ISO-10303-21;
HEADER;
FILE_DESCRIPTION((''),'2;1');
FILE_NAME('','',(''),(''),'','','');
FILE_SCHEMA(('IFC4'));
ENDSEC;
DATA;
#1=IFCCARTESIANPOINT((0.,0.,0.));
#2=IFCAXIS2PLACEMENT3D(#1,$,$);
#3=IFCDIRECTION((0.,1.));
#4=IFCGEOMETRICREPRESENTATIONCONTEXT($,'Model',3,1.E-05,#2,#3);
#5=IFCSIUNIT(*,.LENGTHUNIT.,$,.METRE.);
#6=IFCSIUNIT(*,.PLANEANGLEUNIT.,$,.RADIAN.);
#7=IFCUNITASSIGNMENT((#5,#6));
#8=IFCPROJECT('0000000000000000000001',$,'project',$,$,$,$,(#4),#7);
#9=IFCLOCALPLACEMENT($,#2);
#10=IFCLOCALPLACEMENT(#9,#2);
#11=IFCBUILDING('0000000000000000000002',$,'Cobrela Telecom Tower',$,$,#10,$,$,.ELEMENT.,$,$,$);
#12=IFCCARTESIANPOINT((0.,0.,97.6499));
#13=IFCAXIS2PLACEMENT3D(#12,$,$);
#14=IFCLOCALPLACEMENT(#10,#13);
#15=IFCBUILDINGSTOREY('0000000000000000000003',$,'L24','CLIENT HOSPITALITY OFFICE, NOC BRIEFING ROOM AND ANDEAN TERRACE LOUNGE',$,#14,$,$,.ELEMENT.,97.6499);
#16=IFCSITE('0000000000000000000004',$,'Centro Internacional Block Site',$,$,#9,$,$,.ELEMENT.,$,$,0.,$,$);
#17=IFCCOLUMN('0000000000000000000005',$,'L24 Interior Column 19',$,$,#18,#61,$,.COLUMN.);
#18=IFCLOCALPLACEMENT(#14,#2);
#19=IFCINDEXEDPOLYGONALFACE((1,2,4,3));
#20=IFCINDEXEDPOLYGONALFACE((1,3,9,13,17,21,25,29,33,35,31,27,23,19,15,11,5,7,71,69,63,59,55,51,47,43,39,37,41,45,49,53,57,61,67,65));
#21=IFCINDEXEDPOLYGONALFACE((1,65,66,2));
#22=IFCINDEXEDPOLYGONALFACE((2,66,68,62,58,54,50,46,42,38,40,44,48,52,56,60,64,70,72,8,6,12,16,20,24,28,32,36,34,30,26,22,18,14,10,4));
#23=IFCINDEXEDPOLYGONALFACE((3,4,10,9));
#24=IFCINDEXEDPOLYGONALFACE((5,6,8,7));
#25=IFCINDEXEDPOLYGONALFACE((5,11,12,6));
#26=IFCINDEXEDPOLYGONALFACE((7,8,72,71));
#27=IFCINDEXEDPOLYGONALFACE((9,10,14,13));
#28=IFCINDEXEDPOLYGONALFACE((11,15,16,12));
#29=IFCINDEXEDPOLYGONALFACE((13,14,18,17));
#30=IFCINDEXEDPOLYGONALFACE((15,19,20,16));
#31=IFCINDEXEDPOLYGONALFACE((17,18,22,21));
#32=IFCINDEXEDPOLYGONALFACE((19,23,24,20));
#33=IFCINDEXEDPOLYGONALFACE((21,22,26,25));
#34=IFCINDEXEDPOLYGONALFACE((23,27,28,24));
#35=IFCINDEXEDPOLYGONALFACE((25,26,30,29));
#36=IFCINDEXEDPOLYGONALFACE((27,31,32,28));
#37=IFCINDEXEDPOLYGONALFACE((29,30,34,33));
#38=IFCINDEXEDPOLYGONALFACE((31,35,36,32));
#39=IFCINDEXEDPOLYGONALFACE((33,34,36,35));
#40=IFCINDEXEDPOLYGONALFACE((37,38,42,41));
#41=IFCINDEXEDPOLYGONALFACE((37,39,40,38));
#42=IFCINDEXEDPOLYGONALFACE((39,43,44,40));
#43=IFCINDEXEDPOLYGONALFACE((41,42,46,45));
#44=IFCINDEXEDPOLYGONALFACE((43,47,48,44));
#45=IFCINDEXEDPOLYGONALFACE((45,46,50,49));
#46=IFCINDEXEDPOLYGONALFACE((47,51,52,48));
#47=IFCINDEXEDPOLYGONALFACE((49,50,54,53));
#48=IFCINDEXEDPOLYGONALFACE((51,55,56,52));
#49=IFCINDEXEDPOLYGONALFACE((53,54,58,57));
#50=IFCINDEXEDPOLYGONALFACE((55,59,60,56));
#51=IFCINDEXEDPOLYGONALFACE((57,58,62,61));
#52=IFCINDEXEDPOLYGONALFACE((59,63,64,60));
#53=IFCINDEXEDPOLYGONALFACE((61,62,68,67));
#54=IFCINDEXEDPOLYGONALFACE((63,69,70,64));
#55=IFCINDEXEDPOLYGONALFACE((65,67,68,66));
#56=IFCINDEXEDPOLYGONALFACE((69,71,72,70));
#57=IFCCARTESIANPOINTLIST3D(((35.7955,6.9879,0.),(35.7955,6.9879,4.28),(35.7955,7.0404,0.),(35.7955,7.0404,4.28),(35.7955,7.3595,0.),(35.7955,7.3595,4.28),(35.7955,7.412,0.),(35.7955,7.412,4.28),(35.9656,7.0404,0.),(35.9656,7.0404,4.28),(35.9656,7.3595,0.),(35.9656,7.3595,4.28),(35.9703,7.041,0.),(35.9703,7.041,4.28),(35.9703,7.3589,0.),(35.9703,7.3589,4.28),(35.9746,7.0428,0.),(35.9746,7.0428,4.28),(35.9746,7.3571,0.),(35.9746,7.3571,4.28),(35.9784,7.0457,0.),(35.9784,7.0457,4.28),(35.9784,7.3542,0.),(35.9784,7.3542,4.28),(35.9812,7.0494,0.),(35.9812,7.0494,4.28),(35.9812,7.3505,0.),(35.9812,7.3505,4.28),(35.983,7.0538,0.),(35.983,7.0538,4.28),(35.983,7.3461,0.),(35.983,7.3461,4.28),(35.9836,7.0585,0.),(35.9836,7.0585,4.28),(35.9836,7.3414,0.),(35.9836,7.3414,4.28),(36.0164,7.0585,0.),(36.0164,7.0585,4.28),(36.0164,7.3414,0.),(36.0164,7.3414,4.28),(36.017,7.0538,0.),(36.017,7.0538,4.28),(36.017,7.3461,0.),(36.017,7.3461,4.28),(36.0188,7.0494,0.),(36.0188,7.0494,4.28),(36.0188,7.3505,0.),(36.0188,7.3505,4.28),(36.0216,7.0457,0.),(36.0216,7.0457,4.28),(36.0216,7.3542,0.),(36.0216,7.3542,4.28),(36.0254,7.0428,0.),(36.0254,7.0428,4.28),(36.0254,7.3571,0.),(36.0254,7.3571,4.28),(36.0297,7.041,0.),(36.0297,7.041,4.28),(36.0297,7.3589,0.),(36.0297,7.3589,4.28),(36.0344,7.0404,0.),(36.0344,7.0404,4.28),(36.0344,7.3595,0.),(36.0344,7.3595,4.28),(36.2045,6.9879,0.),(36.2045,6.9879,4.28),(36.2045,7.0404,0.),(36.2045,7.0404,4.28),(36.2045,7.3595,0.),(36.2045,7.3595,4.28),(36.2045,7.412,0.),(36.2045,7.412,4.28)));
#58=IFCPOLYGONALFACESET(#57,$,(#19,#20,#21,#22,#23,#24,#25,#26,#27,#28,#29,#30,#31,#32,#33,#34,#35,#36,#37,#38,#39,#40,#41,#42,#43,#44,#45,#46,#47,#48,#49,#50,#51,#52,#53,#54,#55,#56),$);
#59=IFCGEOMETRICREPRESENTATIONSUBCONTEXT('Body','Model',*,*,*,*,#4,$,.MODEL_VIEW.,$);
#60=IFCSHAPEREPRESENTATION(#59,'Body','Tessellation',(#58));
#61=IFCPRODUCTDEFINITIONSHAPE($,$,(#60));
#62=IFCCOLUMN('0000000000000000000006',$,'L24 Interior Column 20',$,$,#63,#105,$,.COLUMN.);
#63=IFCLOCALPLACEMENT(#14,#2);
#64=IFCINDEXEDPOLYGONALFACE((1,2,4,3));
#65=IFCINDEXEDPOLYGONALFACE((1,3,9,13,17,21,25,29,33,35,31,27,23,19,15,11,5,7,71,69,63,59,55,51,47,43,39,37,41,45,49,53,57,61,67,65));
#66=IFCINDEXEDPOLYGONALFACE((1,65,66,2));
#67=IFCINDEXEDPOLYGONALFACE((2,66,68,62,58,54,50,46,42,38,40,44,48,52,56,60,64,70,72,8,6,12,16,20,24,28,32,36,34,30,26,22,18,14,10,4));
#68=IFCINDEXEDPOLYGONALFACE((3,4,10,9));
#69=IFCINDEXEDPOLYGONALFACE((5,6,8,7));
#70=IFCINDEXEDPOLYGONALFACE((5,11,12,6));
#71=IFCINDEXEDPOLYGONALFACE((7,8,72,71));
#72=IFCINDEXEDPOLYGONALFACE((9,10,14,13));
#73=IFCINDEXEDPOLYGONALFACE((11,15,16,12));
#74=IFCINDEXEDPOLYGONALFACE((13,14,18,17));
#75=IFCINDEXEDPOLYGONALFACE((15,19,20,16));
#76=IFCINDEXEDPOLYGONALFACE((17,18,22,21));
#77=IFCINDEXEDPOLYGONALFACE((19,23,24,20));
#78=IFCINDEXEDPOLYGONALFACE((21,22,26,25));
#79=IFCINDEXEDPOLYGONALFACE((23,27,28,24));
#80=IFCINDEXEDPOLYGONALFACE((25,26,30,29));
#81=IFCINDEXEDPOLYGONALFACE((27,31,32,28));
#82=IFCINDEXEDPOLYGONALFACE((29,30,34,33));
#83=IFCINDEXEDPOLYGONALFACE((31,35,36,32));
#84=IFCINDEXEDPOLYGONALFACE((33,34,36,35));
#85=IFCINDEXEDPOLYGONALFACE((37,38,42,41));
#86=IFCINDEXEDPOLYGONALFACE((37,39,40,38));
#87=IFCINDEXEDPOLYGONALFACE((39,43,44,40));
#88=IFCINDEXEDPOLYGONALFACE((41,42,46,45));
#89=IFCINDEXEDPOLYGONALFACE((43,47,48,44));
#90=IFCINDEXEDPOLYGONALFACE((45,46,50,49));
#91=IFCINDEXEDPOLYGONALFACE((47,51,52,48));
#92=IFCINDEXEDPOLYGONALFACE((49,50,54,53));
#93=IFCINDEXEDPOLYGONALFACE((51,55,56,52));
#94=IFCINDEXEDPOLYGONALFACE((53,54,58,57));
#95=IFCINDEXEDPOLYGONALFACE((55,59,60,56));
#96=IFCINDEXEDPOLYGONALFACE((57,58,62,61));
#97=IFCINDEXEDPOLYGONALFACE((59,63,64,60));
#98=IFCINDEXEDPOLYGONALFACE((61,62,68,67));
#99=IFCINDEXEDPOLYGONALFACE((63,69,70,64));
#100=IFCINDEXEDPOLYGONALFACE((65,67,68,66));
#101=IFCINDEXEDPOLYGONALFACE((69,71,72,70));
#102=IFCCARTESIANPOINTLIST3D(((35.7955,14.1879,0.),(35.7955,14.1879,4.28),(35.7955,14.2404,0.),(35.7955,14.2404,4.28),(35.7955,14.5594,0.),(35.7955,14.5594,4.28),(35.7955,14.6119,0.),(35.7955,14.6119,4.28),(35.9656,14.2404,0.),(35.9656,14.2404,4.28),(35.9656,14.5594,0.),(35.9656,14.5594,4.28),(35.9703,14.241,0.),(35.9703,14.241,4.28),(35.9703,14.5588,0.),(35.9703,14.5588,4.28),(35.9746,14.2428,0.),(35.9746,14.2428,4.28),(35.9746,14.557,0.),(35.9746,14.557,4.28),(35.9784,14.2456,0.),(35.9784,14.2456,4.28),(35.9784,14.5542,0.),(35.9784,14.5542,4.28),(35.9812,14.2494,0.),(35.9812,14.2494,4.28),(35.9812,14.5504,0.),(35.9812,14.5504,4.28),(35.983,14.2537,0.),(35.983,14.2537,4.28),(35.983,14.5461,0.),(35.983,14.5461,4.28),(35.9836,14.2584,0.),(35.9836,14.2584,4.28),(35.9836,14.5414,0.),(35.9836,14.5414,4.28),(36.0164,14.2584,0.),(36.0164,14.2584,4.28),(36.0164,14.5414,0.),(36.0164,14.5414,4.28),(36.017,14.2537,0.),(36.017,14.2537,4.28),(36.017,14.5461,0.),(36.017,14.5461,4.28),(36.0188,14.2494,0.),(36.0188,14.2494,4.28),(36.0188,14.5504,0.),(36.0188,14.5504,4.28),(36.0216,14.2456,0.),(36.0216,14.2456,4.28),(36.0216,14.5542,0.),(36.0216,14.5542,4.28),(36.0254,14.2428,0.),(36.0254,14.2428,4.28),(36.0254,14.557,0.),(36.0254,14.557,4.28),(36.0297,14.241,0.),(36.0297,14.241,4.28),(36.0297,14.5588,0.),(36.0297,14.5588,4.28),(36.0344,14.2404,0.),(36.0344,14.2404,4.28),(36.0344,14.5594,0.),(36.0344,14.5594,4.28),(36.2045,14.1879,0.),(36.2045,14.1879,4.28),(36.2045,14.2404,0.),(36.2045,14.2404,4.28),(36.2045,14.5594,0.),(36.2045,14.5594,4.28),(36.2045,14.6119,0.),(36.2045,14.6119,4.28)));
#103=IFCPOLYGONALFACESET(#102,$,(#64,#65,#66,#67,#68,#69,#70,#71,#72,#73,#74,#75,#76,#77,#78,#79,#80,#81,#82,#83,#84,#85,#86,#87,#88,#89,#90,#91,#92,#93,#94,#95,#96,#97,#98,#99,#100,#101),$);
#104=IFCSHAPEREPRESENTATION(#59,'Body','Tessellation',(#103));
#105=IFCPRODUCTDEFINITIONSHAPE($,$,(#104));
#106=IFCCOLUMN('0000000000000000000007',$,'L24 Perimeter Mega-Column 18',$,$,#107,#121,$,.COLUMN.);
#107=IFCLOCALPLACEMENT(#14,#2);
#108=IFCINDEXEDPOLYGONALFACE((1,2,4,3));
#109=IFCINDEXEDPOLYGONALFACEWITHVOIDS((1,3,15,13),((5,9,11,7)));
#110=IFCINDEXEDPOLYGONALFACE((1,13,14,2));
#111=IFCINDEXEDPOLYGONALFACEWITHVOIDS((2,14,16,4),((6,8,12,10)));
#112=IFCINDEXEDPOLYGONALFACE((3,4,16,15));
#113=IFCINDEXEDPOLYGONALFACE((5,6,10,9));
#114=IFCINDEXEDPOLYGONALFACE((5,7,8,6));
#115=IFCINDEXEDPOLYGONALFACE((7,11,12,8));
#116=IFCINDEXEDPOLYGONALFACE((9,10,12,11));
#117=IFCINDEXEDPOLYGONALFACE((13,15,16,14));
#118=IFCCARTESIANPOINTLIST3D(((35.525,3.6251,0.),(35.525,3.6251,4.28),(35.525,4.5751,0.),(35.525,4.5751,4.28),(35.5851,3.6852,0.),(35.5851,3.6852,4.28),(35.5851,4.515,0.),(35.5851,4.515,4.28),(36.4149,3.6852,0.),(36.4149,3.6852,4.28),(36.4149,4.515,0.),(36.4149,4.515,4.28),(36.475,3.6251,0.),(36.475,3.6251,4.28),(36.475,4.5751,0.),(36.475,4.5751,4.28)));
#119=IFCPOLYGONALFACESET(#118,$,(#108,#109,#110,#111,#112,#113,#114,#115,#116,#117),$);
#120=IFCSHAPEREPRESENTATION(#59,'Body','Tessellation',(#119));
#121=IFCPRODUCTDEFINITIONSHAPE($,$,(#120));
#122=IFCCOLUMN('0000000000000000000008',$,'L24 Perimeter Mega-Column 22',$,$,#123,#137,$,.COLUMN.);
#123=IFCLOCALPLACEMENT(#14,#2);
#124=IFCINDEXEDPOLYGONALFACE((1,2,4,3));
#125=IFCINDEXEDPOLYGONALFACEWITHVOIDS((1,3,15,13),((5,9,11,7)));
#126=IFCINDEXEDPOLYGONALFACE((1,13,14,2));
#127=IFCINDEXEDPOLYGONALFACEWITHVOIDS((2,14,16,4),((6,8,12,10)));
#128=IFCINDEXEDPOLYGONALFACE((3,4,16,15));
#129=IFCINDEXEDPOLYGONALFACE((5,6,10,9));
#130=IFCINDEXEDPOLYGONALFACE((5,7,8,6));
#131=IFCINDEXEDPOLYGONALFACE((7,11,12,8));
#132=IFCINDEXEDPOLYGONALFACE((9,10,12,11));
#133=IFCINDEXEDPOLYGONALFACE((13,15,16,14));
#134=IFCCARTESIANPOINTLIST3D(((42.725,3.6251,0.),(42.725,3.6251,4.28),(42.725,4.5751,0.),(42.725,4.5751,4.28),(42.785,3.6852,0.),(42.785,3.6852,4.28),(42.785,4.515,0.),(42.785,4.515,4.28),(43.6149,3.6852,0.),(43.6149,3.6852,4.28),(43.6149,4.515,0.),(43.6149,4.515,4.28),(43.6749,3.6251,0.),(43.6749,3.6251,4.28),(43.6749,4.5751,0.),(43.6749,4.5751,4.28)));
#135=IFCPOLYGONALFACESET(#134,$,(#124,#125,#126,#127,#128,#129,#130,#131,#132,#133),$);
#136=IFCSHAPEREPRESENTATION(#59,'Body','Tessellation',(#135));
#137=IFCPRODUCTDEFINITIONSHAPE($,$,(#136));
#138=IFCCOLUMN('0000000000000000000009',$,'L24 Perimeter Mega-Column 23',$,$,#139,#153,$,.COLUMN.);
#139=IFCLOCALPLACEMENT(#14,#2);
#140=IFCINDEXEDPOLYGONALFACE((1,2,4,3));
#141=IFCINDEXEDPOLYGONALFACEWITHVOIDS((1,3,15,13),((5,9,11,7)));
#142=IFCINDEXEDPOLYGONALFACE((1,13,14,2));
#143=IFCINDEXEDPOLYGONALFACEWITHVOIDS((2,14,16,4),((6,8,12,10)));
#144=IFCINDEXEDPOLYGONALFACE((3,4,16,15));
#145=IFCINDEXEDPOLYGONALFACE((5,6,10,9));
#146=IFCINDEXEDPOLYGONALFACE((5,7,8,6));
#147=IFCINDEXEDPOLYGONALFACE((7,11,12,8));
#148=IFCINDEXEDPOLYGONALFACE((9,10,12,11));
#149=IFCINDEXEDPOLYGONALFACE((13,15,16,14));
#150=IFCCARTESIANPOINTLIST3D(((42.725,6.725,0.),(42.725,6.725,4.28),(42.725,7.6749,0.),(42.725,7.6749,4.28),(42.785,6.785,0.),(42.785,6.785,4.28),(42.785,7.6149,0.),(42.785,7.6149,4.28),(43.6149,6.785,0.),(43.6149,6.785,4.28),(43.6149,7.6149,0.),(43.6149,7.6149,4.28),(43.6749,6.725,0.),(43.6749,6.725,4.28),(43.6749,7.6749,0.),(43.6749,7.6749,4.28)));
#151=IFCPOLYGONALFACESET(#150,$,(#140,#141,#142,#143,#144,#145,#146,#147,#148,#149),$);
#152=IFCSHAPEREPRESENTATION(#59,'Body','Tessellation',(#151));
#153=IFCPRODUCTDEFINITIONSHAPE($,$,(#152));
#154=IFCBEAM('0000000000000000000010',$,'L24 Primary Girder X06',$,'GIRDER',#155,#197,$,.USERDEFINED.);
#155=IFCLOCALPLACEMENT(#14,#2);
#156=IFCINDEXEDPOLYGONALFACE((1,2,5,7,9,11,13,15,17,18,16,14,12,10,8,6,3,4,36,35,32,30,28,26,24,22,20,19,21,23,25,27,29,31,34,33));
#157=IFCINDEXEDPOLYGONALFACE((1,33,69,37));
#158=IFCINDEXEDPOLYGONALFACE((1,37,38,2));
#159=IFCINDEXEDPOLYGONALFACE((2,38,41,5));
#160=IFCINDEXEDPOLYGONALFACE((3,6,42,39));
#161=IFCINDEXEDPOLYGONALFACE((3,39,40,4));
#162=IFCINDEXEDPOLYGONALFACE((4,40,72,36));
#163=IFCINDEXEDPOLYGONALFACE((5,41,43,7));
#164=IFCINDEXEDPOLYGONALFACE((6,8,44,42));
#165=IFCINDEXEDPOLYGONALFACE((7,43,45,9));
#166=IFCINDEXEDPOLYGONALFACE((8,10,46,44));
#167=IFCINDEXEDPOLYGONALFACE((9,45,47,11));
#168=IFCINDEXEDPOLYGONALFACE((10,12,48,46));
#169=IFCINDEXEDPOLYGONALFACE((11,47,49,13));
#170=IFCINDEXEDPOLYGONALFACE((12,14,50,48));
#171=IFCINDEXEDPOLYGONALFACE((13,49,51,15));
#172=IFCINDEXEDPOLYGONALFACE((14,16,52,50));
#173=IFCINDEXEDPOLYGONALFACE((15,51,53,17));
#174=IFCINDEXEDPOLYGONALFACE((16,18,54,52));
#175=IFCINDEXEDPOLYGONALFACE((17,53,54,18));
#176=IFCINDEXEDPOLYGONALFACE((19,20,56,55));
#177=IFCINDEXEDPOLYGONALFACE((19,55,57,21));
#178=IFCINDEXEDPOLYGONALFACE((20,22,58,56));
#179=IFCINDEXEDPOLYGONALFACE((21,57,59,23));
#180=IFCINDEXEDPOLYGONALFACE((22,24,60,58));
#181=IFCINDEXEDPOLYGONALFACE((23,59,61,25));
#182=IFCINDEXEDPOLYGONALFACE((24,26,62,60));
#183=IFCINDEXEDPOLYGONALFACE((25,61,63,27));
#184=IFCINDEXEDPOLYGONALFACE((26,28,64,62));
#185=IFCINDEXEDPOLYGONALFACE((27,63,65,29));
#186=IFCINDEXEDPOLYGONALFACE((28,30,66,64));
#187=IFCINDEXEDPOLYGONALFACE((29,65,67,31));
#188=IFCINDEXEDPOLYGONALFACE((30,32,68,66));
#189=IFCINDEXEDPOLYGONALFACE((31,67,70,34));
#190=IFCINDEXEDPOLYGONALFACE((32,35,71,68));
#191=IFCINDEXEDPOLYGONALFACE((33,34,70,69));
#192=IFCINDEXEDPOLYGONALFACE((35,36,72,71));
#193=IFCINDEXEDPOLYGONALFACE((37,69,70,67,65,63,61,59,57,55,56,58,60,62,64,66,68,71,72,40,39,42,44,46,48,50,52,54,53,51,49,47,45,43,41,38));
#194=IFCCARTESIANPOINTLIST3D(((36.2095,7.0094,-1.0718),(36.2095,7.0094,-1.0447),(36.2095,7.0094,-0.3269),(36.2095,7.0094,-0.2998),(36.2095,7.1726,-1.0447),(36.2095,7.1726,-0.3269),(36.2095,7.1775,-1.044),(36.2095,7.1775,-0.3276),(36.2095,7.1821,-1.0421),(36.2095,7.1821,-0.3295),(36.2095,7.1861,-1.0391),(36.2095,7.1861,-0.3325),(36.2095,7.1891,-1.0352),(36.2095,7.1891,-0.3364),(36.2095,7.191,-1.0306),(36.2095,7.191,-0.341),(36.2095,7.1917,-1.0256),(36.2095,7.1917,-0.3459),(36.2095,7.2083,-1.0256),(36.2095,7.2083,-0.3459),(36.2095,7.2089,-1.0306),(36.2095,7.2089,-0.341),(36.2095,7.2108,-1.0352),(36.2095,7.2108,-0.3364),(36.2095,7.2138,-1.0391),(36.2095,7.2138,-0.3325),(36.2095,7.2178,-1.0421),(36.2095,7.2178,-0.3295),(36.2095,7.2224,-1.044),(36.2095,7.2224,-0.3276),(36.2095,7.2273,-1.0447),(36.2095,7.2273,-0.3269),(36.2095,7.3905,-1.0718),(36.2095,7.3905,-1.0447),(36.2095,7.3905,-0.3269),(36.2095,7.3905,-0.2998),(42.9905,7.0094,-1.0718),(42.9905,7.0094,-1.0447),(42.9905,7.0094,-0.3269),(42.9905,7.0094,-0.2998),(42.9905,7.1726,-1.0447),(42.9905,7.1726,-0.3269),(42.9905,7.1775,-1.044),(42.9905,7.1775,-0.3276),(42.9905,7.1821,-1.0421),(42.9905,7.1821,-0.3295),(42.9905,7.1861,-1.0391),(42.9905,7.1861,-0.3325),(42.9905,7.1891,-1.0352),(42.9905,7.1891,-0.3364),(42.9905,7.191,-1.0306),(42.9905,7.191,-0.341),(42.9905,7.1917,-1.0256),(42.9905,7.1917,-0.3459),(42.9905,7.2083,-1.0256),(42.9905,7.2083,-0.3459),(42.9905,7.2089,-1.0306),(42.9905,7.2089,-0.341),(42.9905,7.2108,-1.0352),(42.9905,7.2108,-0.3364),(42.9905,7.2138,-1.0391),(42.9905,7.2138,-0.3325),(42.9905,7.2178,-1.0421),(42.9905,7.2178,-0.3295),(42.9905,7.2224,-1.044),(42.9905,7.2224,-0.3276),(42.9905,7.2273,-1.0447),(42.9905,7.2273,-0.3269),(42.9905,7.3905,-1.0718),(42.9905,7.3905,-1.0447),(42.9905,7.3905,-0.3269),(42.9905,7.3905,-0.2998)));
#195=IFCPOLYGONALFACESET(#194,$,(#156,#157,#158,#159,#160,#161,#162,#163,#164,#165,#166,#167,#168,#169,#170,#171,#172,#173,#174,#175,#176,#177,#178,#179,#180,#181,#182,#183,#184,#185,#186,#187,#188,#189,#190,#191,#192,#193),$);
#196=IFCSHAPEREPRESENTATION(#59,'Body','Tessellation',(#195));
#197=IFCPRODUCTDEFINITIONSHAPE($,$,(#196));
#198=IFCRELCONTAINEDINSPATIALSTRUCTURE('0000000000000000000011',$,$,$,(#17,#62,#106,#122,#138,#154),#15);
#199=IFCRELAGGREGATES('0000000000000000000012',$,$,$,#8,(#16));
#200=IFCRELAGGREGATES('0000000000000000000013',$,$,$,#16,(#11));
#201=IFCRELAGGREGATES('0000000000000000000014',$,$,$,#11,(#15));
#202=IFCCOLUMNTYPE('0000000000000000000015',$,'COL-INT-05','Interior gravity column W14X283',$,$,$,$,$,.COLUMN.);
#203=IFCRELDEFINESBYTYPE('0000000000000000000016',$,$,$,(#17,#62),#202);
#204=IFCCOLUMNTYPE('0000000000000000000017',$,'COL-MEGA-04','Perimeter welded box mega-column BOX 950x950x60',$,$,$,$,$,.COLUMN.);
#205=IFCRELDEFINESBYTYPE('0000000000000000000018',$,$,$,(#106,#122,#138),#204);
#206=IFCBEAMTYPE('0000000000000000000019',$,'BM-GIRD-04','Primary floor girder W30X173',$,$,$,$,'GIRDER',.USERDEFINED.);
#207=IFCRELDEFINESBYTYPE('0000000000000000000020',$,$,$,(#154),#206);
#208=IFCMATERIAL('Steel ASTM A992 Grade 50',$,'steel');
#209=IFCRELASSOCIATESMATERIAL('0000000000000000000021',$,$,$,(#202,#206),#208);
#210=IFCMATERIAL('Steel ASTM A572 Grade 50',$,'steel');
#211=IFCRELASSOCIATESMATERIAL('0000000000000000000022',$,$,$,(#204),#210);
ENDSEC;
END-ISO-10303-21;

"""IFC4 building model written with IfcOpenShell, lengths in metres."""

from ifc_helpers import new_model, si_unit, direction, frame, origin, origin_2d, place, context, subcontext, project, spatial, hollow_rectangle, i_section, extrude, material, material_profile, profile_set, type_object, element, save


model = new_model("IFC4")

# Units and contexts
model_context = context("Model", 3, precision=1e-05, world=origin(), true_north=direction((0.0, 1.0)))
body_context = subcontext(model_context, "Body", "Model", "MODEL_VIEW")
ifc_project = project(units=[si_unit("LENGTHUNIT", "METRE"), si_unit("PLANEANGLEUNIT", "RADIAN")], contexts=[model_context])

# Site, building, storey
site_placement = place(None, origin())
site = spatial("IfcSite", under=ifc_project, at=site_placement, Name="Centro Internacional Block Site", CompositionType="ELEMENT", RefElevation=0.0)
building_placement = place(site_placement, origin())
building = spatial("IfcBuilding", under=site, at=building_placement, Name="Cobrela Telecom Tower", CompositionType="ELEMENT")
storey_placement = place(building_placement, frame((0.0, 0.0, 97.6499)))
storey = spatial("IfcBuildingStorey", under=building, at=storey_placement, Name="L24", Description="CLIENT HOSPITALITY OFFICE, NOC BRIEFING ROOM AND ANDEAN TERRACE LOUNGE", CompositionType="ELEMENT", Elevation=97.6499)

# Columns
ifc_material_1 = material(Name="Steel ASTM A992 Grade 50", Category="steel")
ifc_material_profile_1 = material_profile(ifc_material_1, i_section(OverallWidth=0.4089, OverallDepth=0.4241, WebThickness=0.0327, FlangeThickness=0.0525, FilletRadius=0.0181, at=origin_2d()), Name="W14X283")
ifc_profile_set_1 = profile_set([ifc_material_profile_1], Name="Steel ASTM A992 Grade 50")
column_type_1 = type_object("IfcColumnType", Name="COL-INT-05", Description="Interior gravity column W14X283", PredefinedType="COLUMN", material=ifc_profile_set_1)
for number, where, z_axis, x_axis, name in (
    (1, (36.0, 7.2, 0.0), (0.0, 0.0, 1.0), (1.0, 0.0, 0.0), "L24 Interior Column 19"),
    (2, (36.0, 14.3999, 0.0), (0.0, 0.0, 1.0), (1.0, 0.0, 0.0), "L24 Interior Column 20"),
):
    element("IfcColumn", number, at=place(storey_placement, frame(where, z_axis=z_axis, x_axis=x_axis)), inside=storey, type_object=column_type_1, Name=name, PredefinedType="COLUMN", context=body_context, shape_type="SweptSolid", body=[
        extrude(i_section(OverallWidth=0.4089, OverallDepth=0.4241, WebThickness=0.0327, FlangeThickness=0.0525, FilletRadius=0.0181, at=origin_2d()), origin(), (0.0, 0.0, 1.0), 4.28),
    ])
ifc_material_2 = material(Name="Steel ASTM A572 Grade 50", Category="steel")
ifc_material_profile_2 = material_profile(ifc_material_2, hollow_rectangle(XDim=0.95, YDim=0.95, WallThickness=0.0601, at=origin_2d()), Name="BOX 950x950x60")
ifc_profile_set_2 = profile_set([ifc_material_profile_2], Name="Steel ASTM A572 Grade 50")
column_type_2 = type_object("IfcColumnType", Name="COL-MEGA-04", Description="Perimeter welded box mega-column BOX 950x950x60", PredefinedType="COLUMN", material=ifc_profile_set_2)
for number, where, z_axis, x_axis, name in (
    (3, (36.0, 4.1001, 0.0), (0.0, 0.0, 1.0), (1.0, 0.0, 0.0), "L24 Perimeter Mega-Column 18"),
    (4, (43.2, 4.1001, 0.0), (0.0, 0.0, 1.0), (1.0, 0.0, 0.0), "L24 Perimeter Mega-Column 22"),
    (5, (43.2, 7.2, 0.0), (0.0, 0.0, 1.0), (1.0, 0.0, 0.0), "L24 Perimeter Mega-Column 23"),
):
    element("IfcColumn", number, at=place(storey_placement, frame(where, z_axis=z_axis, x_axis=x_axis)), inside=storey, type_object=column_type_2, Name=name, PredefinedType="COLUMN", context=body_context, shape_type="SweptSolid", body=[
        extrude(hollow_rectangle(XDim=0.95, YDim=0.95, WallThickness=0.0601, at=origin_2d()), origin(), (0.0, 0.0, 1.0), 4.28),
    ])

# Beam
ifc_material_profile_3 = material_profile(ifc_material_1, i_section(OverallWidth=0.3811, OverallDepth=0.772, WebThickness=0.0166, FlangeThickness=0.0271, FilletRadius=0.019, at=origin_2d()), Name="W30X173")
ifc_profile_set_3 = profile_set([ifc_material_profile_3], Name="Steel ASTM A992 Grade 50")
beam_type_1 = type_object("IfcBeamType", Name="BM-GIRD-04", Description="Primary floor girder W30X173", ElementType="GIRDER", PredefinedType="USERDEFINED", material=ifc_profile_set_3)
for number, where, z_axis, x_axis, name in (
    (6, (36.2095, 7.2, -0.6858), (1.0, 0.0, 0.0), (0.0, 1.0, 0.0), "L24 Primary Girder X06"),
):
    element("IfcBeam", number, at=place(storey_placement, frame(where, z_axis=z_axis, x_axis=x_axis)), inside=storey, type_object=beam_type_1, Name=name, ObjectType="GIRDER", PredefinedType="USERDEFINED", context=body_context, shape_type="SweptSolid", body=[
        extrude(i_section(OverallWidth=0.3811, OverallDepth=0.772, WebThickness=0.0166, FlangeThickness=0.0271, FilletRadius=0.019, at=origin_2d()), origin(), (0.0, 0.0, 1.0), 6.781),
    ])

save(model, "model.ifc")
